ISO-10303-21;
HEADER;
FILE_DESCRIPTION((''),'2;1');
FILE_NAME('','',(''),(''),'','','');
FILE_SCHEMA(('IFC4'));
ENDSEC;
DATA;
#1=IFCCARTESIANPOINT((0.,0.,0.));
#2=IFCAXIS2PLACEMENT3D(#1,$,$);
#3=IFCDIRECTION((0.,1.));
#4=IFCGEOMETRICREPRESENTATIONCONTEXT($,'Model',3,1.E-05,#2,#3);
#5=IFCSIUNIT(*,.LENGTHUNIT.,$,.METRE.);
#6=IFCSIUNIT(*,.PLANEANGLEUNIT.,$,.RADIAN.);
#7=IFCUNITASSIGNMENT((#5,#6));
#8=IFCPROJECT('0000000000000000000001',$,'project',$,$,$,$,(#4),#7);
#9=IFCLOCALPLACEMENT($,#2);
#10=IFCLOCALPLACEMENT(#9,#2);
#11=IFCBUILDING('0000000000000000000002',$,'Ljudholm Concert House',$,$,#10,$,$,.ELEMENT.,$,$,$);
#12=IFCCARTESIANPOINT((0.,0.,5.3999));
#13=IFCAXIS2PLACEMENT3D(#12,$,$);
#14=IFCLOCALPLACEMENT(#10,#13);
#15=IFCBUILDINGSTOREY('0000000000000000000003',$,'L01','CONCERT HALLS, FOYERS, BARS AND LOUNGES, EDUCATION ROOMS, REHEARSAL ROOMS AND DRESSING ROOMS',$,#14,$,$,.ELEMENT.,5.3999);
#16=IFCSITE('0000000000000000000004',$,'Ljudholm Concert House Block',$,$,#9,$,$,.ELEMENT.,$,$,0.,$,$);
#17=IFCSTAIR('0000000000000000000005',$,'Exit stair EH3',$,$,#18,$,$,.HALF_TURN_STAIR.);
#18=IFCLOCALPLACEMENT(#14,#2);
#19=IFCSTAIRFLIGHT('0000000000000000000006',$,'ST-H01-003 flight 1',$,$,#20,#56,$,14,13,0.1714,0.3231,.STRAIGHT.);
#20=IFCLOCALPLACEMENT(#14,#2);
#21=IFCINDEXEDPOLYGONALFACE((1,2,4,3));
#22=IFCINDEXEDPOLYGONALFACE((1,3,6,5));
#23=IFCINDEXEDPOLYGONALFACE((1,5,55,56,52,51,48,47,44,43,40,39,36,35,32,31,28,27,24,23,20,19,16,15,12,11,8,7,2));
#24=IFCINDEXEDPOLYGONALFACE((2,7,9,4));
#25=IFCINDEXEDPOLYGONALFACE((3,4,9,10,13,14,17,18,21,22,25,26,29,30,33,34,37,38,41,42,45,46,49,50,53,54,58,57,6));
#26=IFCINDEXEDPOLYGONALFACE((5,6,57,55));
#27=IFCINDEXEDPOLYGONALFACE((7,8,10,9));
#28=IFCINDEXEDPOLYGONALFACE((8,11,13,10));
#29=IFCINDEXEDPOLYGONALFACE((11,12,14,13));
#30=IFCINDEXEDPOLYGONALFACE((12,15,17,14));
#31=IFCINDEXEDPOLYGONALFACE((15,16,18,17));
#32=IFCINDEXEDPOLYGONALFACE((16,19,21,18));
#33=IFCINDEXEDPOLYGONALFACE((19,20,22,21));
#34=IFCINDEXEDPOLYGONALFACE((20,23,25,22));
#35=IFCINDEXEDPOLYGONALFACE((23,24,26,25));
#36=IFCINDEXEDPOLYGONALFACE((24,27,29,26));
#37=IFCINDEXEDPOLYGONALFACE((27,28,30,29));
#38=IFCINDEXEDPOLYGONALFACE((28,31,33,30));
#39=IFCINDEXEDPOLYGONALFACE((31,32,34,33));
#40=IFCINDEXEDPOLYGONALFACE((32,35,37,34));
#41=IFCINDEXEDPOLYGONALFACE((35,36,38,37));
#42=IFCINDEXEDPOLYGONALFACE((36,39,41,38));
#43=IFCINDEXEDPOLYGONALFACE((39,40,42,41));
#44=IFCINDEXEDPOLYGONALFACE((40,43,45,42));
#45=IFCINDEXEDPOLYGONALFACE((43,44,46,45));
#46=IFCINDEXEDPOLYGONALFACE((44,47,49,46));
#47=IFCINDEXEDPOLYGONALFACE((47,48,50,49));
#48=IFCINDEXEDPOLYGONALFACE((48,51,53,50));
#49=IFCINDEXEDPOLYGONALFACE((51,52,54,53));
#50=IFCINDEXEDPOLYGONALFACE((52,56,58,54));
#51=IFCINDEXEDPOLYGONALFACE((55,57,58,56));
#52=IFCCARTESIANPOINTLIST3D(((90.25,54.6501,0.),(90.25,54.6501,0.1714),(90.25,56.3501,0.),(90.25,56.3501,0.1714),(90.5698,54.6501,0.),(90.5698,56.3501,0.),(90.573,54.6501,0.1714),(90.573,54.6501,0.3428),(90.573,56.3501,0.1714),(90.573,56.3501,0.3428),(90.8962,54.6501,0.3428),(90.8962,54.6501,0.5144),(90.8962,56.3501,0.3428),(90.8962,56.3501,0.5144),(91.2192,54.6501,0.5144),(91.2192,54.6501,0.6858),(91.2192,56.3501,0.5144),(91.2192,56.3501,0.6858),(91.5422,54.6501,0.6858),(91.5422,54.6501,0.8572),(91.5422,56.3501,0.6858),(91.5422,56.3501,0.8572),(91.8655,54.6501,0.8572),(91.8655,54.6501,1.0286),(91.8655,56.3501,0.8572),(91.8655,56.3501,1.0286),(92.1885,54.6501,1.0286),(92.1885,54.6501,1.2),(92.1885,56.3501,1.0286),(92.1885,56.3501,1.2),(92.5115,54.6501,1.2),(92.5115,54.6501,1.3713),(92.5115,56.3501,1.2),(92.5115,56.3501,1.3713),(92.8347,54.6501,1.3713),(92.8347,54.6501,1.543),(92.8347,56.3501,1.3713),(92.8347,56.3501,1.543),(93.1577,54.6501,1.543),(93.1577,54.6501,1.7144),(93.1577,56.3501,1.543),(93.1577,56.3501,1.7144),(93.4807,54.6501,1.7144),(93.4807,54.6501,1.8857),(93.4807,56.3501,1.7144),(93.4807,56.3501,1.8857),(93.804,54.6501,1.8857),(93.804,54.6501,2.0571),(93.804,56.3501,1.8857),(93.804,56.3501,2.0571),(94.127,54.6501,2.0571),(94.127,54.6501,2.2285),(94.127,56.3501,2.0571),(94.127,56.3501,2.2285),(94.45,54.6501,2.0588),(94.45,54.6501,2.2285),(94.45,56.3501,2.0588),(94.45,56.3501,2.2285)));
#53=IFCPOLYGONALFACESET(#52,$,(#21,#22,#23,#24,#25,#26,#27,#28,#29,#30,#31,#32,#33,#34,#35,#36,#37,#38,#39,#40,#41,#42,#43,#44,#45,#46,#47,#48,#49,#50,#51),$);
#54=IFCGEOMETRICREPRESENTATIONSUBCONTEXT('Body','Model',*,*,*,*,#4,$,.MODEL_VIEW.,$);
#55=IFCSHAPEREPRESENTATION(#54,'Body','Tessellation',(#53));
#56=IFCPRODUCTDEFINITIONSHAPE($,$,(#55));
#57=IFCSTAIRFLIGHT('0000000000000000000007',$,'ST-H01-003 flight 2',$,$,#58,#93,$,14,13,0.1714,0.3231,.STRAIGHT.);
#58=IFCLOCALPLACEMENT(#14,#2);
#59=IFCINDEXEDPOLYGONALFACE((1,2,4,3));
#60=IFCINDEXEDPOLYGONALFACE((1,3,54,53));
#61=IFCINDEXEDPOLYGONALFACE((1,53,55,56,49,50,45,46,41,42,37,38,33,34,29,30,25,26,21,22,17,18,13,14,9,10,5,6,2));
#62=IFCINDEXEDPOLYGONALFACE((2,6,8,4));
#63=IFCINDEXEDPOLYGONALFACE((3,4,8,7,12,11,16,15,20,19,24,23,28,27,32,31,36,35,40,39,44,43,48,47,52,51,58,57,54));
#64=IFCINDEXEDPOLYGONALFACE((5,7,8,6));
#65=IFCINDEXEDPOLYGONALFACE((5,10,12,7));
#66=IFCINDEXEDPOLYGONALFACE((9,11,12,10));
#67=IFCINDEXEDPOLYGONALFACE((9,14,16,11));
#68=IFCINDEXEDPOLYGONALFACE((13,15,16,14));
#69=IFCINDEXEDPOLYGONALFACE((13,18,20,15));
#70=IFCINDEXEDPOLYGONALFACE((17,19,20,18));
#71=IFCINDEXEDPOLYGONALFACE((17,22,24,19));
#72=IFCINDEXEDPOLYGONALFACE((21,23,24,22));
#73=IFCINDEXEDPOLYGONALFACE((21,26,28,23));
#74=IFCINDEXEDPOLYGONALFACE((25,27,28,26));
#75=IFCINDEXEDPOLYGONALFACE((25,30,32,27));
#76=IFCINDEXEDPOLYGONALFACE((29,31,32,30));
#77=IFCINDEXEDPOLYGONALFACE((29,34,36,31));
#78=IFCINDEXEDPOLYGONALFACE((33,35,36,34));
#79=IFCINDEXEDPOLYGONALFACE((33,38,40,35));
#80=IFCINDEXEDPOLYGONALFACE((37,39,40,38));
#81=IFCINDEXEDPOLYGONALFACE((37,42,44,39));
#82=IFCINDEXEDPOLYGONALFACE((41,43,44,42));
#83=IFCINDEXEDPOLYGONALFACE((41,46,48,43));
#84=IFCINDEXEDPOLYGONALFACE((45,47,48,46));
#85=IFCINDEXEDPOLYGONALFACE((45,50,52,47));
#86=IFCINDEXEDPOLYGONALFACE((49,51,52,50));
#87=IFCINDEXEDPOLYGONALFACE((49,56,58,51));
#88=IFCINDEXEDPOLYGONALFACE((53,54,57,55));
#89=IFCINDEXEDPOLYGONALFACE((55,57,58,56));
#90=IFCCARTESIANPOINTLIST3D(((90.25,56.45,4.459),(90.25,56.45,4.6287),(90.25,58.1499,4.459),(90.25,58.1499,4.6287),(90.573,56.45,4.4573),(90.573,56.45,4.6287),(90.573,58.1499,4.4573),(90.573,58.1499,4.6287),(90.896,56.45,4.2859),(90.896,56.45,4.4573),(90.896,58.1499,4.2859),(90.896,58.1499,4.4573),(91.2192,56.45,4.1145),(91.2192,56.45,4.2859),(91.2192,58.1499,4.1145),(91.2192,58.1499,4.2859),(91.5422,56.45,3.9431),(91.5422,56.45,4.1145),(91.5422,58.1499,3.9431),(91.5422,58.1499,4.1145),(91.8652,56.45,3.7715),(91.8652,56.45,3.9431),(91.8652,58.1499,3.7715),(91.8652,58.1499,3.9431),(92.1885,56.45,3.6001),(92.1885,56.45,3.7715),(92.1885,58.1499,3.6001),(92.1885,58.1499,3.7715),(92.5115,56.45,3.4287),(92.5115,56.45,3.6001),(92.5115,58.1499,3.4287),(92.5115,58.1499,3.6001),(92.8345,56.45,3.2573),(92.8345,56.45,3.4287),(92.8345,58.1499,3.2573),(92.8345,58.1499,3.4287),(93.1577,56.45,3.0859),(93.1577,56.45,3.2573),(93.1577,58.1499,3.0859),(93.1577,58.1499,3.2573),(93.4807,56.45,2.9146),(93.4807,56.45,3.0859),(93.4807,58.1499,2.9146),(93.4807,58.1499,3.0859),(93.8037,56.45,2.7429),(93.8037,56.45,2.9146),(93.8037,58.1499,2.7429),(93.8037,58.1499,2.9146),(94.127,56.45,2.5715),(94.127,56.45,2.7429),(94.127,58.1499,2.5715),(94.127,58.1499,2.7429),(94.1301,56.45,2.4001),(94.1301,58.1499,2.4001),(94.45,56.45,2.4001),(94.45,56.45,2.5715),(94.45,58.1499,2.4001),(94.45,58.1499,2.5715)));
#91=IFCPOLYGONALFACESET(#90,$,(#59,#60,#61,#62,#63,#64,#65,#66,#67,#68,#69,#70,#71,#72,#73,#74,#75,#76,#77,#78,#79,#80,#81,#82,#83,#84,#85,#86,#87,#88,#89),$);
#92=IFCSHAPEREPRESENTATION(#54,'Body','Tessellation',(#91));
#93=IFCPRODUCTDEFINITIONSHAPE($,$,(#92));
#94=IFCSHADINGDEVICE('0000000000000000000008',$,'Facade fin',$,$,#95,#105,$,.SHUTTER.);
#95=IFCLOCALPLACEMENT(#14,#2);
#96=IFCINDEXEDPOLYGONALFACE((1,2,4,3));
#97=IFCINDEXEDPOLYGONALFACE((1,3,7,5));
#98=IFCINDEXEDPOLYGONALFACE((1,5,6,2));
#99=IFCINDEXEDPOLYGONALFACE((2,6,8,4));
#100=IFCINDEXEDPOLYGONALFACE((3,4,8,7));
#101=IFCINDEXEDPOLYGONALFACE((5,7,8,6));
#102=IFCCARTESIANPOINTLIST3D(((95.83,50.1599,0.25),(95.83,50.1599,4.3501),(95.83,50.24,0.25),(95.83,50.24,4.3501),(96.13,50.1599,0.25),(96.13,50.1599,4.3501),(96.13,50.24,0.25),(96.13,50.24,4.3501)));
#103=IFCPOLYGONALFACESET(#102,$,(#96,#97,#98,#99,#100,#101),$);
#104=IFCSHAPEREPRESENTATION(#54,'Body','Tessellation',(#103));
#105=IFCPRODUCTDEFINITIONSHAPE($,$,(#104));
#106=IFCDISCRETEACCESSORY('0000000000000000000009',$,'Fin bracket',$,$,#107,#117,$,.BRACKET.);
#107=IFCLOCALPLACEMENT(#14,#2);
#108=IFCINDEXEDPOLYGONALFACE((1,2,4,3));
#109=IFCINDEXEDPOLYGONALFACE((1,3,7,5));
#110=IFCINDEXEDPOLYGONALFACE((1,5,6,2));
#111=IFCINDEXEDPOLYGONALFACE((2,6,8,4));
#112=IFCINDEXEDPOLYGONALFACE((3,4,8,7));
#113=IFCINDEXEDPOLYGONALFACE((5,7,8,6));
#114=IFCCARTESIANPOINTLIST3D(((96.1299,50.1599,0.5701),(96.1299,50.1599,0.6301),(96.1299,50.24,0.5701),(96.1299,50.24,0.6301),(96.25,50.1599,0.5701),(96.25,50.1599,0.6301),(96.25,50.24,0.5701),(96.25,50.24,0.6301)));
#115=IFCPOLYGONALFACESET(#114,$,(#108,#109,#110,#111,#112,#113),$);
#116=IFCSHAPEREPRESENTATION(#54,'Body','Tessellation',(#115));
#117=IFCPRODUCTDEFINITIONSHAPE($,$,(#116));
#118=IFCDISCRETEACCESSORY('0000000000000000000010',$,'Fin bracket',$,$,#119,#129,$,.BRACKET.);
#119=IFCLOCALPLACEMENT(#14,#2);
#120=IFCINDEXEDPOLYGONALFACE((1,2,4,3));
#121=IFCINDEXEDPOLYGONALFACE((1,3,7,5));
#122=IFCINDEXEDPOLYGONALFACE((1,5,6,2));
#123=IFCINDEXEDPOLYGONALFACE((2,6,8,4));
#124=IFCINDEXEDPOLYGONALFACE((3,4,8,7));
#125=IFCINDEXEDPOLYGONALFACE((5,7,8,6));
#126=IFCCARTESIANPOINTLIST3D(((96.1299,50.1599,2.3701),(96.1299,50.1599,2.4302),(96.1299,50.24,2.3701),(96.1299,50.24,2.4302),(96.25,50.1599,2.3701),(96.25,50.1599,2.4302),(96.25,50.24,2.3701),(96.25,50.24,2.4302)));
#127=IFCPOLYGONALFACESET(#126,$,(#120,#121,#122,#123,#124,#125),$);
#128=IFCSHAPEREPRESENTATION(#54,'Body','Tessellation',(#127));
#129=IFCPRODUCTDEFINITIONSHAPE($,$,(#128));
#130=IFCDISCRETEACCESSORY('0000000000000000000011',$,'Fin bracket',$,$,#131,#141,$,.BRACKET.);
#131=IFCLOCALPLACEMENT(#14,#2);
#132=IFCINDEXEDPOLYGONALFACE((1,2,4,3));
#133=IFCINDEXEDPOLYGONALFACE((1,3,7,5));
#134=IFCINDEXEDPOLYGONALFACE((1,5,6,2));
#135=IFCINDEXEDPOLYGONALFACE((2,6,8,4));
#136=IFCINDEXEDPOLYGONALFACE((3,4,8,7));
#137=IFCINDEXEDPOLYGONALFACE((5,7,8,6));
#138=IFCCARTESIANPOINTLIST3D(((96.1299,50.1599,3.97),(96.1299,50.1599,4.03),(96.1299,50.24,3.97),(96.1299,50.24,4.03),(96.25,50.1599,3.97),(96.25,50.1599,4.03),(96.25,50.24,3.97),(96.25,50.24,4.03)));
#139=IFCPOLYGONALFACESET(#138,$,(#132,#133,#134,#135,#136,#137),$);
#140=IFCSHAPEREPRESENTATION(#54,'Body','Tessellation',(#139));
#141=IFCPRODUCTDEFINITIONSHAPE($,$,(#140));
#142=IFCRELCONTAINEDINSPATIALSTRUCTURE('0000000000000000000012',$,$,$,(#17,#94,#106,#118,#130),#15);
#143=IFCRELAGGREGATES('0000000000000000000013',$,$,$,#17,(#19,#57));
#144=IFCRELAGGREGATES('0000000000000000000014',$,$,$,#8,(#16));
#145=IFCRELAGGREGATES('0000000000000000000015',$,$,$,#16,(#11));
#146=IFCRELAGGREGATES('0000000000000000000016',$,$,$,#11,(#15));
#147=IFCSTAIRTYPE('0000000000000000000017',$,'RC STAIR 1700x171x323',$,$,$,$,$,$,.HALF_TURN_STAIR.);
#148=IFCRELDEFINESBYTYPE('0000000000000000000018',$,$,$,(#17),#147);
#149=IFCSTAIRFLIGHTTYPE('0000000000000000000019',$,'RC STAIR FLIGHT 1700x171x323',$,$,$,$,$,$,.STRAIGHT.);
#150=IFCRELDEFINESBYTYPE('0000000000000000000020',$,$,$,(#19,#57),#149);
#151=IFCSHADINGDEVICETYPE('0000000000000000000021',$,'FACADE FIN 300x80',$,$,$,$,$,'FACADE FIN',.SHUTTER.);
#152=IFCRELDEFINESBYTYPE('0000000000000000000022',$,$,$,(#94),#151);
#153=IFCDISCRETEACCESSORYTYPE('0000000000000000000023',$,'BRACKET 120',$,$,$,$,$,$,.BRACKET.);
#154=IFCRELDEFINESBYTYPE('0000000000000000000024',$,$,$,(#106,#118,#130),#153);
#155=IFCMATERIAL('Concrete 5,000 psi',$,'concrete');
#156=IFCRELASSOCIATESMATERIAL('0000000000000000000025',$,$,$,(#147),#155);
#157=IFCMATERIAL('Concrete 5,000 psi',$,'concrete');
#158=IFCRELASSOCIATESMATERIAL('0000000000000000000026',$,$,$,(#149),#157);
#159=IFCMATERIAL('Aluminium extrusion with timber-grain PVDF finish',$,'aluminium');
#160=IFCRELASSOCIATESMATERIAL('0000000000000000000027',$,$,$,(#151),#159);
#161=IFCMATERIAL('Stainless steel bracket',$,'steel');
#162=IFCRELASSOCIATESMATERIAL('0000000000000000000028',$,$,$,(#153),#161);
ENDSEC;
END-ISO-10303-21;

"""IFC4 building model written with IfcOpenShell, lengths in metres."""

from ifc_helpers import new_model, si_unit, direction, frame, origin, origin_2d, place, context, subcontext, project, spatial, polyline, rectangle, outline, extrude, material, type_object, element, aggregate, save


model = new_model("IFC4")

# Units and contexts
model_context = context("Model", 3, precision=1e-05, world=origin(), true_north=direction((0.0, 1.0)))
body_context = subcontext(model_context, "Body", "Model", "MODEL_VIEW")
ifc_project = project(units=[si_unit("LENGTHUNIT", "METRE"), si_unit("PLANEANGLEUNIT", "RADIAN")], contexts=[model_context])

# Site, building, storey
site_placement = place(None, origin())
site = spatial("IfcSite", under=ifc_project, at=site_placement, Name="Ljudholm Concert House Block", CompositionType="ELEMENT", RefElevation=0.0)
building_placement = place(site_placement, origin())
building = spatial("IfcBuilding", under=site, at=building_placement, Name="Ljudholm Concert House", CompositionType="ELEMENT")
storey_placement = place(building_placement, frame((0.0, 0.0, 5.3999)))
storey = spatial("IfcBuildingStorey", under=building, at=storey_placement, Name="L01", Description="CONCERT HALLS, FOYERS, BARS AND LOUNGES, EDUCATION ROOMS, REHEARSAL ROOMS AND DRESSING ROOMS", CompositionType="ELEMENT", Elevation=5.3999)

# Stair, stair flights
ifc_material_1 = material(Name="Concrete 5,000 psi", Category="concrete")
stair_type = type_object("IfcStairType", Name="RC STAIR 1700x171x323", PredefinedType="HALF_TURN_STAIR", material=ifc_material_1)
stair_placement = place(storey_placement, origin())
stair = element("IfcStair", 1, at=stair_placement, inside=storey, type_object=stair_type, Name="Exit stair EH3", PredefinedType="HALF_TURN_STAIR")
ifc_material_2 = material(Name="Concrete 5,000 psi", Category="concrete")
stair_flight_type = type_object("IfcStairFlightType", Name="RC STAIR FLIGHT 1700x171x323", PredefinedType="STRAIGHT", material=ifc_material_2)
stair_flight_1_placement = place(storey_placement, frame((90.25, 55.5, 0.0), z_axis=(0.0, 0.0, 1.0), x_axis=(1.0, 0.0, 0.0)))
stair_flight_1 = element("IfcStairFlight", 2, at=stair_flight_1_placement, type_object=stair_flight_type, Name="ST-H01-003 flight 1", NumberOfRisers=14, NumberOfTreads=13, PredefinedType="STRAIGHT", RiserHeight=0.1714, TreadLength=0.3231, context=body_context, shape_type="SweptSolid", body=[
    extrude(outline(polyline([(0.0, 0.0), (0.0, 0.1714), (0.323, 0.1714), (0.323, 0.3428), (0.6462, 0.3428), (0.6462, 0.5144), (0.9692, 0.5144), (0.9692, 0.6858), (1.2922, 0.6858), (1.2922, 0.8572), (1.6155, 0.8572), (1.6155, 1.0286), (1.9385, 1.0286), (1.9385, 1.2), (2.2615, 1.2), (2.2615, 1.3713), (2.5847, 1.3713), (2.5847, 1.543), (2.9077, 1.543), (2.9077, 1.7144), (3.2307, 1.7144), (3.2307, 1.8857), (3.554, 1.8857), (3.554, 2.0571), (3.877, 2.0571), (3.877, 2.2285), (4.2, 2.2285), (4.2, 2.3999), (4.2, 2.0588), (0.3198, 0.0), (0.0, 0.0)])), frame((0.0, 0.8501, 0.0), z_axis=(0.0, -1.0, 0.0), x_axis=(1.0, 0.0, 0.0)), (0.0, 0.0, 1.0), 1.7),
])
stair_flight_2_placement = place(storey_placement, frame((94.45, 57.3, 2.4001), z_axis=(0.0, 0.0, 1.0), x_axis=(-1.0, 0.0, 0.0)))
stair_flight_2 = element("IfcStairFlight", 3, at=stair_flight_2_placement, type_object=stair_flight_type, Name="ST-H01-003 flight 2", NumberOfRisers=14, NumberOfTreads=13, PredefinedType="STRAIGHT", RiserHeight=0.1714, TreadLength=0.3231, context=body_context, shape_type="SweptSolid", body=[
    extrude(outline(polyline([(0.0, 0.0), (0.0, 0.1714), (0.323, 0.1714), (0.323, 0.3428), (0.6462, 0.3428), (0.6462, 0.5144), (0.9692, 0.5144), (0.9692, 0.6858), (1.2922, 0.6858), (1.2922, 0.8572), (1.6155, 0.8572), (1.6155, 1.0286), (1.9385, 1.0286), (1.9385, 1.2), (2.2615, 1.2), (2.2615, 1.3713), (2.5847, 1.3713), (2.5847, 1.543), (2.9077, 1.543), (2.9077, 1.7144), (3.2307, 1.7144), (3.2307, 1.8857), (3.554, 1.8857), (3.554, 2.0571), (3.877, 2.0571), (3.877, 2.2285), (4.2, 2.2285), (4.2, 2.3999), (4.2, 2.0588), (0.3198, 0.0), (0.0, 0.0)])), frame((0.0, 0.8501, 0.0), z_axis=(0.0, -1.0, 0.0), x_axis=(1.0, 0.0, 0.0)), (0.0, 0.0, 1.0), 1.7),
])
aggregate(stair, [stair_flight_1, stair_flight_2])

# Shading device
ifc_material_3 = material(Name="Aluminium extrusion with timber-grain PVDF finish", Category="aluminium")
shading_device_type = type_object("IfcShadingDeviceType", Name="FACADE FIN 300x80", ElementType="FACADE FIN", PredefinedType="SHUTTER", material=ifc_material_3)
shading_device_placement = place(storey_placement, frame((95.98, 50.2, 0.25), z_axis=(0.0, 0.0, 1.0), x_axis=(-1.0, 0.0, 0.0)))
element("IfcShadingDevice", 4, at=shading_device_placement, inside=storey, type_object=shading_device_type, Name="Facade fin", PredefinedType="SHUTTER", context=body_context, shape_type="SweptSolid", body=[
    extrude(rectangle(XDim=0.3, YDim=0.0801, at=origin_2d()), origin(), (0.0, 0.0, 1.0), 4.1001),
])

# Discrete accessories
ifc_material_4 = material(Name="Stainless steel bracket", Category="steel")
discrete_accessory_type = type_object("IfcDiscreteAccessoryType", Name="BRACKET 120", PredefinedType="BRACKET", material=ifc_material_4)
for number, where, z_axis, x_axis, name in (
    (5, (96.1899, 50.2, 0.5701), (0.0, 0.0, 1.0), (-1.0, 0.0, 0.0), "Fin bracket"),
    (6, (96.1899, 50.2, 2.3701), (0.0, 0.0, 1.0), (-1.0, 0.0, 0.0), "Fin bracket"),
    (7, (96.1899, 50.2, 3.97), (0.0, 0.0, 1.0), (-1.0, 0.0, 0.0), "Fin bracket"),
):
    element("IfcDiscreteAccessory", number, at=place(storey_placement, frame(where, z_axis=z_axis, x_axis=x_axis)), inside=storey, type_object=discrete_accessory_type, Name=name, PredefinedType="BRACKET", context=body_context, shape_type="SweptSolid", body=[
        extrude(rectangle(XDim=0.1201, YDim=0.0801, at=origin_2d()), origin(), (0.0, 0.0, 1.0), 0.0601),
    ])

save(model, "model.ifc")
